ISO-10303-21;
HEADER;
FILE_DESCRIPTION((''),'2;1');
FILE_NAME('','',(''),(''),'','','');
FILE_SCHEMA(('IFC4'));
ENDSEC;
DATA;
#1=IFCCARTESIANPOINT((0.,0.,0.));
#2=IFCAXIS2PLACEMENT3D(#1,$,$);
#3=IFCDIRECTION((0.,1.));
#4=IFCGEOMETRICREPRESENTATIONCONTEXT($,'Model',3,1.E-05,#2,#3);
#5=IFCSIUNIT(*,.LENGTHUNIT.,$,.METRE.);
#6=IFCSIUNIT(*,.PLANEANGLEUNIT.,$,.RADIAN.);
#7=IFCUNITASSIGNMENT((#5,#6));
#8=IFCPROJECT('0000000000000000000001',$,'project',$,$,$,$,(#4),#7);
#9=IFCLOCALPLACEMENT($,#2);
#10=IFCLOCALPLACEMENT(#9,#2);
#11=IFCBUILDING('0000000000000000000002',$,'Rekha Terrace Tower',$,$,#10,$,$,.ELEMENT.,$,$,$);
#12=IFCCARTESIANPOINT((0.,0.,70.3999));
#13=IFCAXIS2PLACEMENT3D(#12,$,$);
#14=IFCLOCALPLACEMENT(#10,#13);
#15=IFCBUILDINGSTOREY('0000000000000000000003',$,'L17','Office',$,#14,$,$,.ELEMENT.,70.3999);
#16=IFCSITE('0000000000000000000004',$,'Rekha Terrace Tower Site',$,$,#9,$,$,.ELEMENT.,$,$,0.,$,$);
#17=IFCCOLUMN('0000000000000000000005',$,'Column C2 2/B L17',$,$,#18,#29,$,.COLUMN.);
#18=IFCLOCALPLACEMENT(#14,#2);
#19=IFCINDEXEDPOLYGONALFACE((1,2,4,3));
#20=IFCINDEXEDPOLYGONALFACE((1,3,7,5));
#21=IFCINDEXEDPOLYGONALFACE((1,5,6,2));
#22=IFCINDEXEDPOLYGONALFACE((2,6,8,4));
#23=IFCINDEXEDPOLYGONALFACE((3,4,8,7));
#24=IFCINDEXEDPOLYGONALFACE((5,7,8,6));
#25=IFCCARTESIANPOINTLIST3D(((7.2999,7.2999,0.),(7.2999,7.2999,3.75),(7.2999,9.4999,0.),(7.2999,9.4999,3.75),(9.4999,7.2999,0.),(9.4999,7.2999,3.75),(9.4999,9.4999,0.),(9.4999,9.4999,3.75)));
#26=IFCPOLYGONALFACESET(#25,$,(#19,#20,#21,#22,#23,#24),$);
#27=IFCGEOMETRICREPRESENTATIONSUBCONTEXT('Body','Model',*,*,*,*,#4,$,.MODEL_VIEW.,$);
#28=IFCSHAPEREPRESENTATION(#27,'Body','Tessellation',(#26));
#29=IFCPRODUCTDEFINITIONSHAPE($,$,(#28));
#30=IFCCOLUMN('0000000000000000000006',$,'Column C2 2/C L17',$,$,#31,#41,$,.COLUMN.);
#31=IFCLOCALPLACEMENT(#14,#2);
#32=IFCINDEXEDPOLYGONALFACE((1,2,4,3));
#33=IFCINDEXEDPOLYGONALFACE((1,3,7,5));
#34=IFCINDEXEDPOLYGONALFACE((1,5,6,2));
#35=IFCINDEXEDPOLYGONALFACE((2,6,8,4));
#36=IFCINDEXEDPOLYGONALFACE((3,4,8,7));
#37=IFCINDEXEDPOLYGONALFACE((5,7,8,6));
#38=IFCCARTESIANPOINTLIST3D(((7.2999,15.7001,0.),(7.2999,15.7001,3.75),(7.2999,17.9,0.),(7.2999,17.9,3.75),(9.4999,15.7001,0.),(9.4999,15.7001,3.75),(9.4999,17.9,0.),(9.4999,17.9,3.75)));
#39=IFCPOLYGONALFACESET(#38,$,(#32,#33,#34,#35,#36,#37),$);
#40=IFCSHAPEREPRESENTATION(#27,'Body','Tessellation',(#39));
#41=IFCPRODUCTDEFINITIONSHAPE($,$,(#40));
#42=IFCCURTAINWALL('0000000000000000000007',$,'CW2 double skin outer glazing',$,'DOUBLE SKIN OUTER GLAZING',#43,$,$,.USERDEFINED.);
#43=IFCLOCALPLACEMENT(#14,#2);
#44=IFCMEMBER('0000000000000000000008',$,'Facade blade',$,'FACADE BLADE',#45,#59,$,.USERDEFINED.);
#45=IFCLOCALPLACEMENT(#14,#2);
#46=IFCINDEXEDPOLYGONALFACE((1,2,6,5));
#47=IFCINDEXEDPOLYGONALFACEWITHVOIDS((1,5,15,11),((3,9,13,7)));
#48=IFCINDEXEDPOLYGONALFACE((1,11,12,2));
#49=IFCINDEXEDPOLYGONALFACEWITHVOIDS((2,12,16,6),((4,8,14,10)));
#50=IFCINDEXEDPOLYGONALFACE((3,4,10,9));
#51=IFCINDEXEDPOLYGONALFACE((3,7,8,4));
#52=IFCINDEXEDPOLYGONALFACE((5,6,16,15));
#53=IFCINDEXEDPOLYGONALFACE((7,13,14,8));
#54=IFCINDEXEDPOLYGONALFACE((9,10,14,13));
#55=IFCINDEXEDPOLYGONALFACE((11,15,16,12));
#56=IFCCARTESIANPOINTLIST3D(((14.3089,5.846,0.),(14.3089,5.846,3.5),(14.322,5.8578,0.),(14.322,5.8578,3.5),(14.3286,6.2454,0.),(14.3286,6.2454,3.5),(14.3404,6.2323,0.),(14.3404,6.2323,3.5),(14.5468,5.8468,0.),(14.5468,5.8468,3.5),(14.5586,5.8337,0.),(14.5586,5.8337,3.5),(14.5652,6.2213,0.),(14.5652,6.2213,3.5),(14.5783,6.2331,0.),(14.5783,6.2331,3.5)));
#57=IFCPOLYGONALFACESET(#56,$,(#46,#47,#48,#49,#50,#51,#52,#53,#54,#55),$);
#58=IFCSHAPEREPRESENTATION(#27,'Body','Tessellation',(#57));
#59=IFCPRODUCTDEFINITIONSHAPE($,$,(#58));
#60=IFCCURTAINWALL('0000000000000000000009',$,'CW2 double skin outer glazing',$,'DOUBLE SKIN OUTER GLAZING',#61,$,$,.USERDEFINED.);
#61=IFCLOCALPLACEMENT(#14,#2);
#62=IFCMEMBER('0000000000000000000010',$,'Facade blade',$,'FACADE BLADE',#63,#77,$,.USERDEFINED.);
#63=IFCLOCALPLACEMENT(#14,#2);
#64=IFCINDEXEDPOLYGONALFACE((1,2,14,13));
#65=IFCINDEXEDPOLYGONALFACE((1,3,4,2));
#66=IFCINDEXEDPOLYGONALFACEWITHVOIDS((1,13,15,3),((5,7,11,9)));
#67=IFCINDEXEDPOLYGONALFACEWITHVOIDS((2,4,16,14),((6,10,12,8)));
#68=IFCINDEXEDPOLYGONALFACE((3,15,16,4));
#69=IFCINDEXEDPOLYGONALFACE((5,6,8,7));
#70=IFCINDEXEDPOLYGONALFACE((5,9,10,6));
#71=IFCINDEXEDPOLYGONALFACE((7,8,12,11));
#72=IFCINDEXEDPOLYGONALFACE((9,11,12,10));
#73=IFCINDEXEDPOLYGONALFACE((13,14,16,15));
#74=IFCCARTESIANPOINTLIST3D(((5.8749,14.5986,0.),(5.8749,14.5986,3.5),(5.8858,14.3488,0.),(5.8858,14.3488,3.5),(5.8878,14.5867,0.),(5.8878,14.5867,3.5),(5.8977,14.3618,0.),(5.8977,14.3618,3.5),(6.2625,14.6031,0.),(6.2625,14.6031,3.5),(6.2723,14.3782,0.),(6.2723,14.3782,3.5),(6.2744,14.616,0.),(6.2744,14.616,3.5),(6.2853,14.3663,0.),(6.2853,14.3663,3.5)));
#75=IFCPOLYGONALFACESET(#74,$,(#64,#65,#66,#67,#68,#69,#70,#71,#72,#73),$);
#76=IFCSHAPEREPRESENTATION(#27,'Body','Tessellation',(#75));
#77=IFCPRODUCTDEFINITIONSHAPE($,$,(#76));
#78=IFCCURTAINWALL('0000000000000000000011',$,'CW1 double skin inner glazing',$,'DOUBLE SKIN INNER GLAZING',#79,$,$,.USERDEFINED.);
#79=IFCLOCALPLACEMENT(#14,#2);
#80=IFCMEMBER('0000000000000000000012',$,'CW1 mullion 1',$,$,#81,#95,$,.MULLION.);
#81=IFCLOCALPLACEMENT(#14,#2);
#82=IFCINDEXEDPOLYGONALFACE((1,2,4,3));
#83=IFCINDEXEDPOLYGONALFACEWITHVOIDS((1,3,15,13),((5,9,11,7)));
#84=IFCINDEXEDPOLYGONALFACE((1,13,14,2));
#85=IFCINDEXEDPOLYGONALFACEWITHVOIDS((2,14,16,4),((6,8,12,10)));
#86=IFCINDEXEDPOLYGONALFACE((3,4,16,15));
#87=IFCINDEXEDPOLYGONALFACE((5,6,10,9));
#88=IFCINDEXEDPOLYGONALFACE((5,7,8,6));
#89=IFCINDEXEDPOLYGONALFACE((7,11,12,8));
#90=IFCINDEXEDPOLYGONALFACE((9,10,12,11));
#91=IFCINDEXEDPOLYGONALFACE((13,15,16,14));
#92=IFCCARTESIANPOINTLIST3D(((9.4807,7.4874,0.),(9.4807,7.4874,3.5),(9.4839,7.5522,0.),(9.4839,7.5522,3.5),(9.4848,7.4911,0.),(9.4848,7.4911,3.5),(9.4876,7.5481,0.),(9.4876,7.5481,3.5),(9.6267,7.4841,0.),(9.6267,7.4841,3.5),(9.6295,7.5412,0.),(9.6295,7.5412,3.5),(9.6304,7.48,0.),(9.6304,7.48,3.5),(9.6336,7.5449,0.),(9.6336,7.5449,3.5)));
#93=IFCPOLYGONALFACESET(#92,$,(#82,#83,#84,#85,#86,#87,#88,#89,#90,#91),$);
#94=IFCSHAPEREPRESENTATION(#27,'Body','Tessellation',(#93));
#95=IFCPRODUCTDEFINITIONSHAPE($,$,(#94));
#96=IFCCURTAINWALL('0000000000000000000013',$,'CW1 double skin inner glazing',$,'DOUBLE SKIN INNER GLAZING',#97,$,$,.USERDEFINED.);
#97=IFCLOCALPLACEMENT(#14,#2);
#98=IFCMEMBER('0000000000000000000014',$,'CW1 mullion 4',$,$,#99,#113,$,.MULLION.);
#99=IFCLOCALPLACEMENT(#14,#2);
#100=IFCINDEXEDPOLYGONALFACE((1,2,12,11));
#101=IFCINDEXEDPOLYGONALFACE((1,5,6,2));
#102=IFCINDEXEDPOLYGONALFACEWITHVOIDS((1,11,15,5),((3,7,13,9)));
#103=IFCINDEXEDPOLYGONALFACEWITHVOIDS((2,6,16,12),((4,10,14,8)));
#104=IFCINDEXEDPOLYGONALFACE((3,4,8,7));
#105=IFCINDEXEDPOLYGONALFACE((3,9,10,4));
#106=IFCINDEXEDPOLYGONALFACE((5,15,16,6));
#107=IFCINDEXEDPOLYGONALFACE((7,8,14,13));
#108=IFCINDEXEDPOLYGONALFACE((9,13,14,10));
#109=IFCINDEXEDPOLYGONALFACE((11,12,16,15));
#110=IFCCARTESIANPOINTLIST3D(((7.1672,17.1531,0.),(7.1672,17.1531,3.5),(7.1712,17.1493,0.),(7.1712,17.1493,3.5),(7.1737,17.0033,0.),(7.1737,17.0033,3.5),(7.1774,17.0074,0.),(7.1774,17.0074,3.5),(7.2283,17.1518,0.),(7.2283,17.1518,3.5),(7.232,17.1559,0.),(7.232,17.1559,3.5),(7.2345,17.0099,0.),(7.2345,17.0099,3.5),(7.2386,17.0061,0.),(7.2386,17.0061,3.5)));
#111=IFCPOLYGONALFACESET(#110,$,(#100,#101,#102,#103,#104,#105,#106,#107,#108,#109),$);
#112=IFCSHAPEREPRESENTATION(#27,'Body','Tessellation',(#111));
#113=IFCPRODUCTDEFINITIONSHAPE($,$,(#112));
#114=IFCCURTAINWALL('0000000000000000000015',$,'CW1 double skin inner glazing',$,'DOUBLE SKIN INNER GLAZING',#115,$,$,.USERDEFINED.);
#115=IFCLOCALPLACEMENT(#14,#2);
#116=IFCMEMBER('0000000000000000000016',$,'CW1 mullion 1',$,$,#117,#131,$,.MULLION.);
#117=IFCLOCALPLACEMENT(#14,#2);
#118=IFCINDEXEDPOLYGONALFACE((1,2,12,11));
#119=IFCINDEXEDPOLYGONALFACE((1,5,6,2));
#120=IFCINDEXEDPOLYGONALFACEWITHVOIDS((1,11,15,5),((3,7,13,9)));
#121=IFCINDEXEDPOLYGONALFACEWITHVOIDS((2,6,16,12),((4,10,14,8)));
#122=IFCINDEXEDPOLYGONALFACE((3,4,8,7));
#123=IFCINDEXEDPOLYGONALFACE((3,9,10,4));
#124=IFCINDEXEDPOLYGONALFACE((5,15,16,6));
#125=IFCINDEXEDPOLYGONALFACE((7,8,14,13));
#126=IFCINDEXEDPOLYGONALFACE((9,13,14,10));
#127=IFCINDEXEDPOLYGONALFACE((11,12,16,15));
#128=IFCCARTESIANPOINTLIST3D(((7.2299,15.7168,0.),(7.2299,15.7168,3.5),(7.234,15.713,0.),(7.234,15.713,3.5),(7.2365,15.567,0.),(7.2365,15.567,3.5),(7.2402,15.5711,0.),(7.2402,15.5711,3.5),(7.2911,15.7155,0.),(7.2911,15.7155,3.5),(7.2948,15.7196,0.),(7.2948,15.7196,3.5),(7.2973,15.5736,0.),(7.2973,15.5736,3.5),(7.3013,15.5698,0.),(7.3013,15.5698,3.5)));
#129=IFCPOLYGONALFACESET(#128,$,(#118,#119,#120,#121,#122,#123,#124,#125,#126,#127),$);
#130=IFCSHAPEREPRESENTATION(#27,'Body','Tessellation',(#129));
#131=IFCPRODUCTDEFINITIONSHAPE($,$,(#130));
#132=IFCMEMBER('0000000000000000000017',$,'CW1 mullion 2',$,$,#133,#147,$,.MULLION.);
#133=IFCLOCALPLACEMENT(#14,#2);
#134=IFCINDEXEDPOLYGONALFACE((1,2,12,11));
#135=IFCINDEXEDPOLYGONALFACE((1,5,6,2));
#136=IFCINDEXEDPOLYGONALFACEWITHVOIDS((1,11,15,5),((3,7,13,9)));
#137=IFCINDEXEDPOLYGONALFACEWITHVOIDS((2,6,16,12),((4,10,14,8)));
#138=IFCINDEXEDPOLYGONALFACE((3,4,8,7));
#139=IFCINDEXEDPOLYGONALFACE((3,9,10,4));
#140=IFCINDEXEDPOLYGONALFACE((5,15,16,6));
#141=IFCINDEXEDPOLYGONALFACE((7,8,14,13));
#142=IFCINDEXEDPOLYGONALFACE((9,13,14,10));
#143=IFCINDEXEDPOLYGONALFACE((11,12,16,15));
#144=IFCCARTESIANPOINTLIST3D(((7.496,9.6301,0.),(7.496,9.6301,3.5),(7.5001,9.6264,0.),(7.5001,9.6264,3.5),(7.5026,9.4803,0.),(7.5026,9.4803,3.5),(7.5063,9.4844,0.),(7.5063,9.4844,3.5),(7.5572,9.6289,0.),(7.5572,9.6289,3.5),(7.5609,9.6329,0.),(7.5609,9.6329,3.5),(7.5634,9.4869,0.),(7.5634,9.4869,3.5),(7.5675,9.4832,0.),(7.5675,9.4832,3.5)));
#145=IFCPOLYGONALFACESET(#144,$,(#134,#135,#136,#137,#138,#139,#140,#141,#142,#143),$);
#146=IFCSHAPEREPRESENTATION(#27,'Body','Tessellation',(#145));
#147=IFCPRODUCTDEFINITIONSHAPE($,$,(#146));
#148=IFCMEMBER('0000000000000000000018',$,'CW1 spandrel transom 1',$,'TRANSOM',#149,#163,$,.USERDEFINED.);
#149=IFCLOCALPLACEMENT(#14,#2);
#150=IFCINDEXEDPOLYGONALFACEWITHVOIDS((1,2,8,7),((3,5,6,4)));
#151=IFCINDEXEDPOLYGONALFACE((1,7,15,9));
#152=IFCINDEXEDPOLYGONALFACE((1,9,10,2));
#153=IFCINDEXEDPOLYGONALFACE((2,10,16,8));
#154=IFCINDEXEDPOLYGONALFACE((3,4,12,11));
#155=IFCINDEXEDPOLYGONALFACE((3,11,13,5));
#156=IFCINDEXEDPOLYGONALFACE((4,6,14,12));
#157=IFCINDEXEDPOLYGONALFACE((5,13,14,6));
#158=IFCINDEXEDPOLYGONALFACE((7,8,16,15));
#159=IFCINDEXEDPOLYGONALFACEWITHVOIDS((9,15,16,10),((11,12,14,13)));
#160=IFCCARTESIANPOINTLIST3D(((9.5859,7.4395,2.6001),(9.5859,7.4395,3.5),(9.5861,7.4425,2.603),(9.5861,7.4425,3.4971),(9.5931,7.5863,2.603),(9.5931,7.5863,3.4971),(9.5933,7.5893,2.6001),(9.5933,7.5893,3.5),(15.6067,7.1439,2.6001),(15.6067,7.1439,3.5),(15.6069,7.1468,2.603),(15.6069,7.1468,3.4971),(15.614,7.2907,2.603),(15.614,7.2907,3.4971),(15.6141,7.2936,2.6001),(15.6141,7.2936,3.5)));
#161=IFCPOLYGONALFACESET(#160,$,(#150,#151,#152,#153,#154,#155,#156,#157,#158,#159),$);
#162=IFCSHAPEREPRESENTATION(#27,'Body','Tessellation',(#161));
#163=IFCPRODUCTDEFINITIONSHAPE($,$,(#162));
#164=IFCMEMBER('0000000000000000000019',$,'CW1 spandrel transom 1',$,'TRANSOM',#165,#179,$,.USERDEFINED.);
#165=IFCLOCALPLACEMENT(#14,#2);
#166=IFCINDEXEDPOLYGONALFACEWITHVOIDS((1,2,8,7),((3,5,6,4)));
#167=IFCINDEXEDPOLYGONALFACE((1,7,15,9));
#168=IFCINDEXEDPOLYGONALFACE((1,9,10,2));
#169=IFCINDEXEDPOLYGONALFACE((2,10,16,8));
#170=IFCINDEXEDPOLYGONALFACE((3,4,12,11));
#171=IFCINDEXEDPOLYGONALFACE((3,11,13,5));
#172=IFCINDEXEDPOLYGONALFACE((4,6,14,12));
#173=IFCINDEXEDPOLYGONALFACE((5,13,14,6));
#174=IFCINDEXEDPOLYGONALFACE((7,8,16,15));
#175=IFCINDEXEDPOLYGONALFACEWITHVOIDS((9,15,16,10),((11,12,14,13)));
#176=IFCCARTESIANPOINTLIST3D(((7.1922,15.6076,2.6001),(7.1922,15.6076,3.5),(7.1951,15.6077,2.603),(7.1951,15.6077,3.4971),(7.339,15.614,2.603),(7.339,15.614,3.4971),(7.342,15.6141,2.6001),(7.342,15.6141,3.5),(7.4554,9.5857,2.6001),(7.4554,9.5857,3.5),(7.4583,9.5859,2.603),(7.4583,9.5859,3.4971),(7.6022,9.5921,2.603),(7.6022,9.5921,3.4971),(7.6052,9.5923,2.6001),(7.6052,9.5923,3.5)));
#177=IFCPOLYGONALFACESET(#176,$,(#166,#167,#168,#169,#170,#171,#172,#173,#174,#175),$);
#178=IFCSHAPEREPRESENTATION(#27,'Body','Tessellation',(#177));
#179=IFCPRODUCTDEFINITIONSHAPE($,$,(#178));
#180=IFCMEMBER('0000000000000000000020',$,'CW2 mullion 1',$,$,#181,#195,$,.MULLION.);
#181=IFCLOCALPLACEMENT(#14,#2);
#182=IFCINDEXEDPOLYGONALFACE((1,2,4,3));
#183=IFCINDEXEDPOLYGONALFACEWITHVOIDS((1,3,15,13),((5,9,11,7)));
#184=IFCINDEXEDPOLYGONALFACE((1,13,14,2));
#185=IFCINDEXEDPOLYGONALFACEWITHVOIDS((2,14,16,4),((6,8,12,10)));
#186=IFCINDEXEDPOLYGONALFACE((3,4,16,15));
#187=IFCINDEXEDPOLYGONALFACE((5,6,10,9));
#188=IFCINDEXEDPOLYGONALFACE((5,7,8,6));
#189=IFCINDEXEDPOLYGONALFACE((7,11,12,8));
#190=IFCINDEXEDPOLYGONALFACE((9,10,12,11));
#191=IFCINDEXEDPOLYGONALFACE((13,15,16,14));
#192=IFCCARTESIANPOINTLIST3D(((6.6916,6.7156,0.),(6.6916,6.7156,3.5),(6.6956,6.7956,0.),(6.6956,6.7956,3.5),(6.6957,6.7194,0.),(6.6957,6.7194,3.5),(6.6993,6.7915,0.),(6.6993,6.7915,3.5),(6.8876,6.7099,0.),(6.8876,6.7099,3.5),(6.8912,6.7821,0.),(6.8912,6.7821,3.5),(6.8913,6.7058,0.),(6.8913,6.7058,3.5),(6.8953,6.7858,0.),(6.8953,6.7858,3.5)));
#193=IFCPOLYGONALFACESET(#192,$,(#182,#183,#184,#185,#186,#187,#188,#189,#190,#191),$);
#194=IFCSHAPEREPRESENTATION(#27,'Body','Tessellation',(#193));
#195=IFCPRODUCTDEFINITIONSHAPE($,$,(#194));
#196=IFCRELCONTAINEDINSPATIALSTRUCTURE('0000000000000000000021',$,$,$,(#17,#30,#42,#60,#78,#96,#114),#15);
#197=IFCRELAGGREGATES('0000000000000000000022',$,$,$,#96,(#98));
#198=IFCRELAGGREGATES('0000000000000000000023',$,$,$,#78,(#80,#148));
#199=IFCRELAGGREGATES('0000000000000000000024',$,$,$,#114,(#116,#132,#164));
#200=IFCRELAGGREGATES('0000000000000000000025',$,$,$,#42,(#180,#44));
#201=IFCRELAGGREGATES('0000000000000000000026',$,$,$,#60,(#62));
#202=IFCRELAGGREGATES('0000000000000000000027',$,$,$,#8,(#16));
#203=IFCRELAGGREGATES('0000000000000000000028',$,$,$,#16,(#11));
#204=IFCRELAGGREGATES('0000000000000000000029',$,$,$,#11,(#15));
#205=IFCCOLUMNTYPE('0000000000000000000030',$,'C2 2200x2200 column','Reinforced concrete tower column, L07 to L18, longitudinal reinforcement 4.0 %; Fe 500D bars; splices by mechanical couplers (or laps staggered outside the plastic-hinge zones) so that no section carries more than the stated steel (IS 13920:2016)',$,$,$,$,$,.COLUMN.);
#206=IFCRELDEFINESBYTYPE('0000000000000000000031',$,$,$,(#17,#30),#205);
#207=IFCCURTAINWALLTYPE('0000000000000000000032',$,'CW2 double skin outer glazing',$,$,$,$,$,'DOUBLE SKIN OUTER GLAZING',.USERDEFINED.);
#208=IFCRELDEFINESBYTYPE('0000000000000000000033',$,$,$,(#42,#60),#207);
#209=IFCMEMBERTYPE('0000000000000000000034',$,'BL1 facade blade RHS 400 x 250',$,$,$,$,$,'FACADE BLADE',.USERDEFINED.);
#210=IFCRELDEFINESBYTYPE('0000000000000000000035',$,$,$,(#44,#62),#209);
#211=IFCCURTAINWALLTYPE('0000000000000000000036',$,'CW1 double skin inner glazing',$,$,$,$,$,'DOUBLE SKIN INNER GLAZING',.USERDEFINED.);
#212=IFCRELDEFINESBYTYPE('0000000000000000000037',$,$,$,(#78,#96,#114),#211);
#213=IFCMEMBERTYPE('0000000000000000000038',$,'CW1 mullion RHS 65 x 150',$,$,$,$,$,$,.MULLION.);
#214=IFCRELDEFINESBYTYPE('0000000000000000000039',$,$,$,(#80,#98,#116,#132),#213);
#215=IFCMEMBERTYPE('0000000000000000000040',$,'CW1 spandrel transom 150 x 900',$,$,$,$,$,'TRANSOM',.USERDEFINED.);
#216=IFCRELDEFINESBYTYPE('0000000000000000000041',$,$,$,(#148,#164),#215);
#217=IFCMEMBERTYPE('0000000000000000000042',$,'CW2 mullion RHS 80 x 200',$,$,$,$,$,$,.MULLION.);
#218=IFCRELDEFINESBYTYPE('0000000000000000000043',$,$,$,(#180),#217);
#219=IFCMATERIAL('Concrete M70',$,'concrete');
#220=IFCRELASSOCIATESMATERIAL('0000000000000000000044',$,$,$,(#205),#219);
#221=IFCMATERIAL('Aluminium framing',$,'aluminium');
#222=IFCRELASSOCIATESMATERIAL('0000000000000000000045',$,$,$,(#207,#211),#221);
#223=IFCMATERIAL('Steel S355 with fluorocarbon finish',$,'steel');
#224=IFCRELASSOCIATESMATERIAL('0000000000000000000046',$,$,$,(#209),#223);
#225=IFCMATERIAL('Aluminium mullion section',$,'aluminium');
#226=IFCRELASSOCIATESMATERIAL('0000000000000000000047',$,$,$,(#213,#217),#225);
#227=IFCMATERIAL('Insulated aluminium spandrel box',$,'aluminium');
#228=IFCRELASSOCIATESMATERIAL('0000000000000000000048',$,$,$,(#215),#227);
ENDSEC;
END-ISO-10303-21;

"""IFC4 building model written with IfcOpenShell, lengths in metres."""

from ifc_helpers import new_model, si_unit, direction, frame, origin, origin_2d, place, context, subcontext, project, spatial, rectangle, hollow_rectangle, extrude, material, material_profile, profile_set, type_object, element, aggregate, save


model = new_model("IFC4")

# Units and contexts
model_context = context("Model", 3, precision=1e-05, world=origin(), true_north=direction((0.0, 1.0)))
body_context = subcontext(model_context, "Body", "Model", "MODEL_VIEW")
ifc_project = project(units=[si_unit("LENGTHUNIT", "METRE"), si_unit("PLANEANGLEUNIT", "RADIAN")], contexts=[model_context])

# Site, building, storey
site_placement = place(None, origin())
site = spatial("IfcSite", under=ifc_project, at=site_placement, Name="Rekha Terrace Tower Site", CompositionType="ELEMENT", RefElevation=0.0)
building_placement = place(site_placement, origin())
building = spatial("IfcBuilding", under=site, at=building_placement, Name="Rekha Terrace Tower", CompositionType="ELEMENT")
storey_placement = place(building_placement, frame((0.0, 0.0, 70.3999)))
storey = spatial("IfcBuildingStorey", under=building, at=storey_placement, Name="L17", Description="Office", CompositionType="ELEMENT", Elevation=70.3999)

# Columns
ifc_material_1 = material(Name="Concrete M70", Category="concrete")
ifc_material_profile_1 = material_profile(ifc_material_1, rectangle(XDim=2.2, YDim=2.2, at=origin_2d()), Name="RC 2200x2200")
ifc_profile_set_1 = profile_set([ifc_material_profile_1], Name="Concrete M70")
column_type = type_object("IfcColumnType", Name="C2 2200x2200 column", Description="Reinforced concrete tower column, L07 to L18, longitudinal reinforcement 4.0 %; Fe 500D bars; splices by mechanical couplers (or laps staggered outside the plastic-hinge zones) so that no section carries more than the stated steel (IS 13920:2016)", PredefinedType="COLUMN", material=ifc_profile_set_1)
for number, where, z_axis, x_axis, name in (
    (1, (8.3999, 8.3999, 0.0), (0.0, 0.0, 1.0), (1.0, 0.0, 0.0), "Column C2 2/B L17"),
    (2, (8.3999, 16.8, 0.0), (0.0, 0.0, 1.0), (1.0, 0.0, 0.0), "Column C2 2/C L17"),
):
    element("IfcColumn", number, at=place(storey_placement, frame(where, z_axis=z_axis, x_axis=x_axis)), inside=storey, type_object=column_type, Name=name, PredefinedType="COLUMN", context=body_context, shape_type="SweptSolid", body=[
        extrude(rectangle(XDim=2.2, YDim=2.2, at=origin_2d()), origin(), (0.0, 0.0, 1.0), 3.75),
    ])

# Curtain walls, members
ifc_material_2 = material(Name="Aluminium framing", Category="aluminium")
curtain_wall_type_1 = type_object("IfcCurtainWallType", Name="CW2 double skin outer glazing", ElementType="DOUBLE SKIN OUTER GLAZING", PredefinedType="USERDEFINED", material=ifc_material_2)
curtain_wall_1_placement = place(storey_placement, origin())
curtain_wall_1 = element("IfcCurtainWall", 3, at=curtain_wall_1_placement, inside=storey, type_object=curtain_wall_type_1, Name="CW2 double skin outer glazing", ObjectType="DOUBLE SKIN OUTER GLAZING", PredefinedType="USERDEFINED")
ifc_material_3 = material(Name="Steel S355 with fluorocarbon finish", Category="steel")
ifc_material_profile_2 = material_profile(ifc_material_3, hollow_rectangle(XDim=0.25, YDim=0.3999, WallThickness=0.0125, at=origin_2d()), Name="RHS400x250x12.5")
ifc_profile_set_2 = profile_set([ifc_material_profile_2], Name="Steel S355 with fluorocarbon finish")
member_type_1 = type_object("IfcMemberType", Name="BL1 facade blade RHS 400 x 250", ElementType="FACADE BLADE", PredefinedType="USERDEFINED", material=ifc_profile_set_2)
member_1_placement = place(storey_placement, frame((14.4436, 6.0396, 0.0), z_axis=(0.0, 0.0, 1.0), x_axis=(0.998796, -0.049052, 0.0)))
member_1 = element("IfcMember", 4, at=member_1_placement, type_object=member_type_1, Name="Facade blade", ObjectType="FACADE BLADE", PredefinedType="USERDEFINED", context=body_context, shape_type="SweptSolid", body=[
    extrude(hollow_rectangle(XDim=0.25, YDim=0.3999, WallThickness=0.0125, at=origin_2d()), origin(), (0.0, 0.0, 1.0), 3.5),
])
curtain_wall_2_placement = place(storey_placement, origin())
curtain_wall_2 = element("IfcCurtainWall", 5, at=curtain_wall_2_placement, inside=storey, type_object=curtain_wall_type_1, Name="CW2 double skin outer glazing", ObjectType="DOUBLE SKIN OUTER GLAZING", PredefinedType="USERDEFINED")
member_2_placement = place(storey_placement, frame((6.0801, 14.4824, 0.0), z_axis=(0.0, 0.0, 1.0), x_axis=(0.043682, -0.999045, 0.0)))
member_2 = element("IfcMember", 6, at=member_2_placement, type_object=member_type_1, Name="Facade blade", ObjectType="FACADE BLADE", PredefinedType="USERDEFINED", context=body_context, shape_type="SweptSolid", body=[
    extrude(hollow_rectangle(XDim=0.25, YDim=0.3999, WallThickness=0.0125, at=origin_2d()), origin(), (0.0, 0.0, 1.0), 3.5),
])
curtain_wall_type_2 = type_object("IfcCurtainWallType", Name="CW1 double skin inner glazing", ElementType="DOUBLE SKIN INNER GLAZING", PredefinedType="USERDEFINED", material=ifc_material_2)
curtain_wall_3_placement = place(storey_placement, origin())
curtain_wall_3 = element("IfcCurtainWall", 7, at=curtain_wall_3_placement, inside=storey, type_object=curtain_wall_type_2, Name="CW1 double skin inner glazing", ObjectType="DOUBLE SKIN INNER GLAZING", PredefinedType="USERDEFINED")
ifc_material_4 = material(Name="Aluminium mullion section", Category="aluminium")
ifc_material_profile_3 = material_profile(ifc_material_4, hollow_rectangle(XDim=0.0649, YDim=0.1499, WallThickness=0.0039, at=origin_2d()), Name="AL RHS 65x150")
ifc_profile_set_3 = profile_set([ifc_material_profile_3], Name="Aluminium mullion section")
member_type_2 = type_object("IfcMemberType", Name="CW1 mullion RHS 65 x 150", PredefinedType="MULLION", material=ifc_profile_set_3)
member_3_placement = place(storey_placement, frame((9.5571, 7.5161, 0.0), z_axis=(0.0, 0.0, 1.0), x_axis=(0.049052, 0.998796, 0.0)))
member_3 = element("IfcMember", 8, at=member_3_placement, type_object=member_type_2, Name="CW1 mullion 1", PredefinedType="MULLION", context=body_context, shape_type="SweptSolid", body=[
    extrude(hollow_rectangle(XDim=0.0649, YDim=0.1499, WallThickness=0.0039, at=origin_2d()), origin(), (0.0, 0.0, 1.0), 3.5),
])
curtain_wall_4_placement = place(storey_placement, origin())
curtain_wall_4 = element("IfcCurtainWall", 9, at=curtain_wall_4_placement, inside=storey, type_object=curtain_wall_type_2, Name="CW1 double skin inner glazing", ObjectType="DOUBLE SKIN INNER GLAZING", PredefinedType="USERDEFINED")
member_4_placement = place(storey_placement, frame((7.2029, 17.0796, 0.0), z_axis=(0.0, 0.0, 1.0), x_axis=(0.999045, 0.043683, 0.0)))
member_4 = element("IfcMember", 10, at=member_4_placement, type_object=member_type_2, Name="CW1 mullion 4", PredefinedType="MULLION", context=body_context, shape_type="SweptSolid", body=[
    extrude(hollow_rectangle(XDim=0.0649, YDim=0.1499, WallThickness=0.0039, at=origin_2d()), origin(), (0.0, 0.0, 1.0), 3.5),
])
aggregate(curtain_wall_4, [member_4])

# Curtain wall, members
curtain_wall_5_placement = place(storey_placement, origin())
curtain_wall_5 = element("IfcCurtainWall", 11, at=curtain_wall_5_placement, inside=storey, type_object=curtain_wall_type_2, Name="CW1 double skin inner glazing", ObjectType="DOUBLE SKIN INNER GLAZING", PredefinedType="USERDEFINED")
member_5_placement = place(storey_placement, frame((7.2656, 15.6433, 0.0), z_axis=(0.0, 0.0, 1.0), x_axis=(0.999045, 0.043683, 0.0)))
member_5 = element("IfcMember", 12, at=member_5_placement, type_object=member_type_2, Name="CW1 mullion 1", PredefinedType="MULLION", context=body_context, shape_type="SweptSolid", body=[
    extrude(hollow_rectangle(XDim=0.0649, YDim=0.1499, WallThickness=0.0039, at=origin_2d()), origin(), (0.0, 0.0, 1.0), 3.5),
])
member_6_placement = place(storey_placement, frame((7.5317, 9.5566, 0.0), z_axis=(0.0, 0.0, 1.0), x_axis=(0.999045, 0.043683, 0.0)))
member_6 = element("IfcMember", 13, at=member_6_placement, type_object=member_type_2, Name="CW1 mullion 2", PredefinedType="MULLION", context=body_context, shape_type="SweptSolid", body=[
    extrude(hollow_rectangle(XDim=0.0649, YDim=0.1499, WallThickness=0.0039, at=origin_2d()), origin(), (0.0, 0.0, 1.0), 3.5),
])

# Members
ifc_material_5 = material(Name="Insulated aluminium spandrel box", Category="aluminium")
ifc_material_profile_4 = material_profile(ifc_material_5, hollow_rectangle(XDim=0.1499, YDim=0.8999, WallThickness=0.0029, at=origin_2d()), Name="AL SPANDREL BOX 150x900")
ifc_profile_set_4 = profile_set([ifc_material_profile_4], Name="Insulated aluminium spandrel box")
member_type_3 = type_object("IfcMemberType", Name="CW1 spandrel transom 150 x 900", ElementType="TRANSOM", PredefinedType="USERDEFINED", material=ifc_profile_set_4)
member_7_placement = place(storey_placement, frame((9.5896, 7.5144, 3.05), z_axis=(0.998796, -0.049047, 0.0), x_axis=(0.049047, 0.998796, 0.0)))
member_7 = element("IfcMember", 14, at=member_7_placement, type_object=member_type_3, Name="CW1 spandrel transom 1", ObjectType="TRANSOM", PredefinedType="USERDEFINED", context=body_context, shape_type="SweptSolid", body=[
    extrude(hollow_rectangle(XDim=0.1499, YDim=0.8999, WallThickness=0.0029, at=origin_2d()), origin(), (0.0, 0.0, 1.0), 6.0281),
])
member_8_placement = place(storey_placement, frame((7.2671, 15.6108, 3.05), z_axis=(0.043664, -0.999046, 0.0), x_axis=(0.999046, 0.043664, 0.0)))
member_8 = element("IfcMember", 15, at=member_8_placement, type_object=member_type_3, Name="CW1 spandrel transom 1", ObjectType="TRANSOM", PredefinedType="USERDEFINED", context=body_context, shape_type="SweptSolid", body=[
    extrude(hollow_rectangle(XDim=0.1499, YDim=0.8999, WallThickness=0.0029, at=origin_2d()), origin(), (0.0, 0.0, 1.0), 6.0276),
])
ifc_material_profile_5 = material_profile(ifc_material_4, hollow_rectangle(XDim=0.0801, YDim=0.2, WallThickness=0.0039, at=origin_2d()), Name="AL RHS 80x200")
ifc_profile_set_5 = profile_set([ifc_material_profile_5], Name="Aluminium mullion section")
member_type_4 = type_object("IfcMemberType", Name="CW2 mullion RHS 80 x 200", PredefinedType="MULLION", material=ifc_profile_set_5)
member_9_placement = place(storey_placement, frame((6.7935, 6.7507, 0.0), z_axis=(0.0, 0.0, 1.0), x_axis=(0.049052, 0.998796, 0.0)))
member_9 = element("IfcMember", 16, at=member_9_placement, type_object=member_type_4, Name="CW2 mullion 1", PredefinedType="MULLION", context=body_context, shape_type="SweptSolid", body=[
    extrude(hollow_rectangle(XDim=0.0801, YDim=0.2, WallThickness=0.0039, at=origin_2d()), origin(), (0.0, 0.0, 1.0), 3.5),
])

aggregate(curtain_wall_3, [member_3, member_7])
aggregate(curtain_wall_5, [member_5, member_6, member_8])
aggregate(curtain_wall_1, [member_9, member_1])
aggregate(curtain_wall_2, [member_2])

save(model, "model.ifc")
